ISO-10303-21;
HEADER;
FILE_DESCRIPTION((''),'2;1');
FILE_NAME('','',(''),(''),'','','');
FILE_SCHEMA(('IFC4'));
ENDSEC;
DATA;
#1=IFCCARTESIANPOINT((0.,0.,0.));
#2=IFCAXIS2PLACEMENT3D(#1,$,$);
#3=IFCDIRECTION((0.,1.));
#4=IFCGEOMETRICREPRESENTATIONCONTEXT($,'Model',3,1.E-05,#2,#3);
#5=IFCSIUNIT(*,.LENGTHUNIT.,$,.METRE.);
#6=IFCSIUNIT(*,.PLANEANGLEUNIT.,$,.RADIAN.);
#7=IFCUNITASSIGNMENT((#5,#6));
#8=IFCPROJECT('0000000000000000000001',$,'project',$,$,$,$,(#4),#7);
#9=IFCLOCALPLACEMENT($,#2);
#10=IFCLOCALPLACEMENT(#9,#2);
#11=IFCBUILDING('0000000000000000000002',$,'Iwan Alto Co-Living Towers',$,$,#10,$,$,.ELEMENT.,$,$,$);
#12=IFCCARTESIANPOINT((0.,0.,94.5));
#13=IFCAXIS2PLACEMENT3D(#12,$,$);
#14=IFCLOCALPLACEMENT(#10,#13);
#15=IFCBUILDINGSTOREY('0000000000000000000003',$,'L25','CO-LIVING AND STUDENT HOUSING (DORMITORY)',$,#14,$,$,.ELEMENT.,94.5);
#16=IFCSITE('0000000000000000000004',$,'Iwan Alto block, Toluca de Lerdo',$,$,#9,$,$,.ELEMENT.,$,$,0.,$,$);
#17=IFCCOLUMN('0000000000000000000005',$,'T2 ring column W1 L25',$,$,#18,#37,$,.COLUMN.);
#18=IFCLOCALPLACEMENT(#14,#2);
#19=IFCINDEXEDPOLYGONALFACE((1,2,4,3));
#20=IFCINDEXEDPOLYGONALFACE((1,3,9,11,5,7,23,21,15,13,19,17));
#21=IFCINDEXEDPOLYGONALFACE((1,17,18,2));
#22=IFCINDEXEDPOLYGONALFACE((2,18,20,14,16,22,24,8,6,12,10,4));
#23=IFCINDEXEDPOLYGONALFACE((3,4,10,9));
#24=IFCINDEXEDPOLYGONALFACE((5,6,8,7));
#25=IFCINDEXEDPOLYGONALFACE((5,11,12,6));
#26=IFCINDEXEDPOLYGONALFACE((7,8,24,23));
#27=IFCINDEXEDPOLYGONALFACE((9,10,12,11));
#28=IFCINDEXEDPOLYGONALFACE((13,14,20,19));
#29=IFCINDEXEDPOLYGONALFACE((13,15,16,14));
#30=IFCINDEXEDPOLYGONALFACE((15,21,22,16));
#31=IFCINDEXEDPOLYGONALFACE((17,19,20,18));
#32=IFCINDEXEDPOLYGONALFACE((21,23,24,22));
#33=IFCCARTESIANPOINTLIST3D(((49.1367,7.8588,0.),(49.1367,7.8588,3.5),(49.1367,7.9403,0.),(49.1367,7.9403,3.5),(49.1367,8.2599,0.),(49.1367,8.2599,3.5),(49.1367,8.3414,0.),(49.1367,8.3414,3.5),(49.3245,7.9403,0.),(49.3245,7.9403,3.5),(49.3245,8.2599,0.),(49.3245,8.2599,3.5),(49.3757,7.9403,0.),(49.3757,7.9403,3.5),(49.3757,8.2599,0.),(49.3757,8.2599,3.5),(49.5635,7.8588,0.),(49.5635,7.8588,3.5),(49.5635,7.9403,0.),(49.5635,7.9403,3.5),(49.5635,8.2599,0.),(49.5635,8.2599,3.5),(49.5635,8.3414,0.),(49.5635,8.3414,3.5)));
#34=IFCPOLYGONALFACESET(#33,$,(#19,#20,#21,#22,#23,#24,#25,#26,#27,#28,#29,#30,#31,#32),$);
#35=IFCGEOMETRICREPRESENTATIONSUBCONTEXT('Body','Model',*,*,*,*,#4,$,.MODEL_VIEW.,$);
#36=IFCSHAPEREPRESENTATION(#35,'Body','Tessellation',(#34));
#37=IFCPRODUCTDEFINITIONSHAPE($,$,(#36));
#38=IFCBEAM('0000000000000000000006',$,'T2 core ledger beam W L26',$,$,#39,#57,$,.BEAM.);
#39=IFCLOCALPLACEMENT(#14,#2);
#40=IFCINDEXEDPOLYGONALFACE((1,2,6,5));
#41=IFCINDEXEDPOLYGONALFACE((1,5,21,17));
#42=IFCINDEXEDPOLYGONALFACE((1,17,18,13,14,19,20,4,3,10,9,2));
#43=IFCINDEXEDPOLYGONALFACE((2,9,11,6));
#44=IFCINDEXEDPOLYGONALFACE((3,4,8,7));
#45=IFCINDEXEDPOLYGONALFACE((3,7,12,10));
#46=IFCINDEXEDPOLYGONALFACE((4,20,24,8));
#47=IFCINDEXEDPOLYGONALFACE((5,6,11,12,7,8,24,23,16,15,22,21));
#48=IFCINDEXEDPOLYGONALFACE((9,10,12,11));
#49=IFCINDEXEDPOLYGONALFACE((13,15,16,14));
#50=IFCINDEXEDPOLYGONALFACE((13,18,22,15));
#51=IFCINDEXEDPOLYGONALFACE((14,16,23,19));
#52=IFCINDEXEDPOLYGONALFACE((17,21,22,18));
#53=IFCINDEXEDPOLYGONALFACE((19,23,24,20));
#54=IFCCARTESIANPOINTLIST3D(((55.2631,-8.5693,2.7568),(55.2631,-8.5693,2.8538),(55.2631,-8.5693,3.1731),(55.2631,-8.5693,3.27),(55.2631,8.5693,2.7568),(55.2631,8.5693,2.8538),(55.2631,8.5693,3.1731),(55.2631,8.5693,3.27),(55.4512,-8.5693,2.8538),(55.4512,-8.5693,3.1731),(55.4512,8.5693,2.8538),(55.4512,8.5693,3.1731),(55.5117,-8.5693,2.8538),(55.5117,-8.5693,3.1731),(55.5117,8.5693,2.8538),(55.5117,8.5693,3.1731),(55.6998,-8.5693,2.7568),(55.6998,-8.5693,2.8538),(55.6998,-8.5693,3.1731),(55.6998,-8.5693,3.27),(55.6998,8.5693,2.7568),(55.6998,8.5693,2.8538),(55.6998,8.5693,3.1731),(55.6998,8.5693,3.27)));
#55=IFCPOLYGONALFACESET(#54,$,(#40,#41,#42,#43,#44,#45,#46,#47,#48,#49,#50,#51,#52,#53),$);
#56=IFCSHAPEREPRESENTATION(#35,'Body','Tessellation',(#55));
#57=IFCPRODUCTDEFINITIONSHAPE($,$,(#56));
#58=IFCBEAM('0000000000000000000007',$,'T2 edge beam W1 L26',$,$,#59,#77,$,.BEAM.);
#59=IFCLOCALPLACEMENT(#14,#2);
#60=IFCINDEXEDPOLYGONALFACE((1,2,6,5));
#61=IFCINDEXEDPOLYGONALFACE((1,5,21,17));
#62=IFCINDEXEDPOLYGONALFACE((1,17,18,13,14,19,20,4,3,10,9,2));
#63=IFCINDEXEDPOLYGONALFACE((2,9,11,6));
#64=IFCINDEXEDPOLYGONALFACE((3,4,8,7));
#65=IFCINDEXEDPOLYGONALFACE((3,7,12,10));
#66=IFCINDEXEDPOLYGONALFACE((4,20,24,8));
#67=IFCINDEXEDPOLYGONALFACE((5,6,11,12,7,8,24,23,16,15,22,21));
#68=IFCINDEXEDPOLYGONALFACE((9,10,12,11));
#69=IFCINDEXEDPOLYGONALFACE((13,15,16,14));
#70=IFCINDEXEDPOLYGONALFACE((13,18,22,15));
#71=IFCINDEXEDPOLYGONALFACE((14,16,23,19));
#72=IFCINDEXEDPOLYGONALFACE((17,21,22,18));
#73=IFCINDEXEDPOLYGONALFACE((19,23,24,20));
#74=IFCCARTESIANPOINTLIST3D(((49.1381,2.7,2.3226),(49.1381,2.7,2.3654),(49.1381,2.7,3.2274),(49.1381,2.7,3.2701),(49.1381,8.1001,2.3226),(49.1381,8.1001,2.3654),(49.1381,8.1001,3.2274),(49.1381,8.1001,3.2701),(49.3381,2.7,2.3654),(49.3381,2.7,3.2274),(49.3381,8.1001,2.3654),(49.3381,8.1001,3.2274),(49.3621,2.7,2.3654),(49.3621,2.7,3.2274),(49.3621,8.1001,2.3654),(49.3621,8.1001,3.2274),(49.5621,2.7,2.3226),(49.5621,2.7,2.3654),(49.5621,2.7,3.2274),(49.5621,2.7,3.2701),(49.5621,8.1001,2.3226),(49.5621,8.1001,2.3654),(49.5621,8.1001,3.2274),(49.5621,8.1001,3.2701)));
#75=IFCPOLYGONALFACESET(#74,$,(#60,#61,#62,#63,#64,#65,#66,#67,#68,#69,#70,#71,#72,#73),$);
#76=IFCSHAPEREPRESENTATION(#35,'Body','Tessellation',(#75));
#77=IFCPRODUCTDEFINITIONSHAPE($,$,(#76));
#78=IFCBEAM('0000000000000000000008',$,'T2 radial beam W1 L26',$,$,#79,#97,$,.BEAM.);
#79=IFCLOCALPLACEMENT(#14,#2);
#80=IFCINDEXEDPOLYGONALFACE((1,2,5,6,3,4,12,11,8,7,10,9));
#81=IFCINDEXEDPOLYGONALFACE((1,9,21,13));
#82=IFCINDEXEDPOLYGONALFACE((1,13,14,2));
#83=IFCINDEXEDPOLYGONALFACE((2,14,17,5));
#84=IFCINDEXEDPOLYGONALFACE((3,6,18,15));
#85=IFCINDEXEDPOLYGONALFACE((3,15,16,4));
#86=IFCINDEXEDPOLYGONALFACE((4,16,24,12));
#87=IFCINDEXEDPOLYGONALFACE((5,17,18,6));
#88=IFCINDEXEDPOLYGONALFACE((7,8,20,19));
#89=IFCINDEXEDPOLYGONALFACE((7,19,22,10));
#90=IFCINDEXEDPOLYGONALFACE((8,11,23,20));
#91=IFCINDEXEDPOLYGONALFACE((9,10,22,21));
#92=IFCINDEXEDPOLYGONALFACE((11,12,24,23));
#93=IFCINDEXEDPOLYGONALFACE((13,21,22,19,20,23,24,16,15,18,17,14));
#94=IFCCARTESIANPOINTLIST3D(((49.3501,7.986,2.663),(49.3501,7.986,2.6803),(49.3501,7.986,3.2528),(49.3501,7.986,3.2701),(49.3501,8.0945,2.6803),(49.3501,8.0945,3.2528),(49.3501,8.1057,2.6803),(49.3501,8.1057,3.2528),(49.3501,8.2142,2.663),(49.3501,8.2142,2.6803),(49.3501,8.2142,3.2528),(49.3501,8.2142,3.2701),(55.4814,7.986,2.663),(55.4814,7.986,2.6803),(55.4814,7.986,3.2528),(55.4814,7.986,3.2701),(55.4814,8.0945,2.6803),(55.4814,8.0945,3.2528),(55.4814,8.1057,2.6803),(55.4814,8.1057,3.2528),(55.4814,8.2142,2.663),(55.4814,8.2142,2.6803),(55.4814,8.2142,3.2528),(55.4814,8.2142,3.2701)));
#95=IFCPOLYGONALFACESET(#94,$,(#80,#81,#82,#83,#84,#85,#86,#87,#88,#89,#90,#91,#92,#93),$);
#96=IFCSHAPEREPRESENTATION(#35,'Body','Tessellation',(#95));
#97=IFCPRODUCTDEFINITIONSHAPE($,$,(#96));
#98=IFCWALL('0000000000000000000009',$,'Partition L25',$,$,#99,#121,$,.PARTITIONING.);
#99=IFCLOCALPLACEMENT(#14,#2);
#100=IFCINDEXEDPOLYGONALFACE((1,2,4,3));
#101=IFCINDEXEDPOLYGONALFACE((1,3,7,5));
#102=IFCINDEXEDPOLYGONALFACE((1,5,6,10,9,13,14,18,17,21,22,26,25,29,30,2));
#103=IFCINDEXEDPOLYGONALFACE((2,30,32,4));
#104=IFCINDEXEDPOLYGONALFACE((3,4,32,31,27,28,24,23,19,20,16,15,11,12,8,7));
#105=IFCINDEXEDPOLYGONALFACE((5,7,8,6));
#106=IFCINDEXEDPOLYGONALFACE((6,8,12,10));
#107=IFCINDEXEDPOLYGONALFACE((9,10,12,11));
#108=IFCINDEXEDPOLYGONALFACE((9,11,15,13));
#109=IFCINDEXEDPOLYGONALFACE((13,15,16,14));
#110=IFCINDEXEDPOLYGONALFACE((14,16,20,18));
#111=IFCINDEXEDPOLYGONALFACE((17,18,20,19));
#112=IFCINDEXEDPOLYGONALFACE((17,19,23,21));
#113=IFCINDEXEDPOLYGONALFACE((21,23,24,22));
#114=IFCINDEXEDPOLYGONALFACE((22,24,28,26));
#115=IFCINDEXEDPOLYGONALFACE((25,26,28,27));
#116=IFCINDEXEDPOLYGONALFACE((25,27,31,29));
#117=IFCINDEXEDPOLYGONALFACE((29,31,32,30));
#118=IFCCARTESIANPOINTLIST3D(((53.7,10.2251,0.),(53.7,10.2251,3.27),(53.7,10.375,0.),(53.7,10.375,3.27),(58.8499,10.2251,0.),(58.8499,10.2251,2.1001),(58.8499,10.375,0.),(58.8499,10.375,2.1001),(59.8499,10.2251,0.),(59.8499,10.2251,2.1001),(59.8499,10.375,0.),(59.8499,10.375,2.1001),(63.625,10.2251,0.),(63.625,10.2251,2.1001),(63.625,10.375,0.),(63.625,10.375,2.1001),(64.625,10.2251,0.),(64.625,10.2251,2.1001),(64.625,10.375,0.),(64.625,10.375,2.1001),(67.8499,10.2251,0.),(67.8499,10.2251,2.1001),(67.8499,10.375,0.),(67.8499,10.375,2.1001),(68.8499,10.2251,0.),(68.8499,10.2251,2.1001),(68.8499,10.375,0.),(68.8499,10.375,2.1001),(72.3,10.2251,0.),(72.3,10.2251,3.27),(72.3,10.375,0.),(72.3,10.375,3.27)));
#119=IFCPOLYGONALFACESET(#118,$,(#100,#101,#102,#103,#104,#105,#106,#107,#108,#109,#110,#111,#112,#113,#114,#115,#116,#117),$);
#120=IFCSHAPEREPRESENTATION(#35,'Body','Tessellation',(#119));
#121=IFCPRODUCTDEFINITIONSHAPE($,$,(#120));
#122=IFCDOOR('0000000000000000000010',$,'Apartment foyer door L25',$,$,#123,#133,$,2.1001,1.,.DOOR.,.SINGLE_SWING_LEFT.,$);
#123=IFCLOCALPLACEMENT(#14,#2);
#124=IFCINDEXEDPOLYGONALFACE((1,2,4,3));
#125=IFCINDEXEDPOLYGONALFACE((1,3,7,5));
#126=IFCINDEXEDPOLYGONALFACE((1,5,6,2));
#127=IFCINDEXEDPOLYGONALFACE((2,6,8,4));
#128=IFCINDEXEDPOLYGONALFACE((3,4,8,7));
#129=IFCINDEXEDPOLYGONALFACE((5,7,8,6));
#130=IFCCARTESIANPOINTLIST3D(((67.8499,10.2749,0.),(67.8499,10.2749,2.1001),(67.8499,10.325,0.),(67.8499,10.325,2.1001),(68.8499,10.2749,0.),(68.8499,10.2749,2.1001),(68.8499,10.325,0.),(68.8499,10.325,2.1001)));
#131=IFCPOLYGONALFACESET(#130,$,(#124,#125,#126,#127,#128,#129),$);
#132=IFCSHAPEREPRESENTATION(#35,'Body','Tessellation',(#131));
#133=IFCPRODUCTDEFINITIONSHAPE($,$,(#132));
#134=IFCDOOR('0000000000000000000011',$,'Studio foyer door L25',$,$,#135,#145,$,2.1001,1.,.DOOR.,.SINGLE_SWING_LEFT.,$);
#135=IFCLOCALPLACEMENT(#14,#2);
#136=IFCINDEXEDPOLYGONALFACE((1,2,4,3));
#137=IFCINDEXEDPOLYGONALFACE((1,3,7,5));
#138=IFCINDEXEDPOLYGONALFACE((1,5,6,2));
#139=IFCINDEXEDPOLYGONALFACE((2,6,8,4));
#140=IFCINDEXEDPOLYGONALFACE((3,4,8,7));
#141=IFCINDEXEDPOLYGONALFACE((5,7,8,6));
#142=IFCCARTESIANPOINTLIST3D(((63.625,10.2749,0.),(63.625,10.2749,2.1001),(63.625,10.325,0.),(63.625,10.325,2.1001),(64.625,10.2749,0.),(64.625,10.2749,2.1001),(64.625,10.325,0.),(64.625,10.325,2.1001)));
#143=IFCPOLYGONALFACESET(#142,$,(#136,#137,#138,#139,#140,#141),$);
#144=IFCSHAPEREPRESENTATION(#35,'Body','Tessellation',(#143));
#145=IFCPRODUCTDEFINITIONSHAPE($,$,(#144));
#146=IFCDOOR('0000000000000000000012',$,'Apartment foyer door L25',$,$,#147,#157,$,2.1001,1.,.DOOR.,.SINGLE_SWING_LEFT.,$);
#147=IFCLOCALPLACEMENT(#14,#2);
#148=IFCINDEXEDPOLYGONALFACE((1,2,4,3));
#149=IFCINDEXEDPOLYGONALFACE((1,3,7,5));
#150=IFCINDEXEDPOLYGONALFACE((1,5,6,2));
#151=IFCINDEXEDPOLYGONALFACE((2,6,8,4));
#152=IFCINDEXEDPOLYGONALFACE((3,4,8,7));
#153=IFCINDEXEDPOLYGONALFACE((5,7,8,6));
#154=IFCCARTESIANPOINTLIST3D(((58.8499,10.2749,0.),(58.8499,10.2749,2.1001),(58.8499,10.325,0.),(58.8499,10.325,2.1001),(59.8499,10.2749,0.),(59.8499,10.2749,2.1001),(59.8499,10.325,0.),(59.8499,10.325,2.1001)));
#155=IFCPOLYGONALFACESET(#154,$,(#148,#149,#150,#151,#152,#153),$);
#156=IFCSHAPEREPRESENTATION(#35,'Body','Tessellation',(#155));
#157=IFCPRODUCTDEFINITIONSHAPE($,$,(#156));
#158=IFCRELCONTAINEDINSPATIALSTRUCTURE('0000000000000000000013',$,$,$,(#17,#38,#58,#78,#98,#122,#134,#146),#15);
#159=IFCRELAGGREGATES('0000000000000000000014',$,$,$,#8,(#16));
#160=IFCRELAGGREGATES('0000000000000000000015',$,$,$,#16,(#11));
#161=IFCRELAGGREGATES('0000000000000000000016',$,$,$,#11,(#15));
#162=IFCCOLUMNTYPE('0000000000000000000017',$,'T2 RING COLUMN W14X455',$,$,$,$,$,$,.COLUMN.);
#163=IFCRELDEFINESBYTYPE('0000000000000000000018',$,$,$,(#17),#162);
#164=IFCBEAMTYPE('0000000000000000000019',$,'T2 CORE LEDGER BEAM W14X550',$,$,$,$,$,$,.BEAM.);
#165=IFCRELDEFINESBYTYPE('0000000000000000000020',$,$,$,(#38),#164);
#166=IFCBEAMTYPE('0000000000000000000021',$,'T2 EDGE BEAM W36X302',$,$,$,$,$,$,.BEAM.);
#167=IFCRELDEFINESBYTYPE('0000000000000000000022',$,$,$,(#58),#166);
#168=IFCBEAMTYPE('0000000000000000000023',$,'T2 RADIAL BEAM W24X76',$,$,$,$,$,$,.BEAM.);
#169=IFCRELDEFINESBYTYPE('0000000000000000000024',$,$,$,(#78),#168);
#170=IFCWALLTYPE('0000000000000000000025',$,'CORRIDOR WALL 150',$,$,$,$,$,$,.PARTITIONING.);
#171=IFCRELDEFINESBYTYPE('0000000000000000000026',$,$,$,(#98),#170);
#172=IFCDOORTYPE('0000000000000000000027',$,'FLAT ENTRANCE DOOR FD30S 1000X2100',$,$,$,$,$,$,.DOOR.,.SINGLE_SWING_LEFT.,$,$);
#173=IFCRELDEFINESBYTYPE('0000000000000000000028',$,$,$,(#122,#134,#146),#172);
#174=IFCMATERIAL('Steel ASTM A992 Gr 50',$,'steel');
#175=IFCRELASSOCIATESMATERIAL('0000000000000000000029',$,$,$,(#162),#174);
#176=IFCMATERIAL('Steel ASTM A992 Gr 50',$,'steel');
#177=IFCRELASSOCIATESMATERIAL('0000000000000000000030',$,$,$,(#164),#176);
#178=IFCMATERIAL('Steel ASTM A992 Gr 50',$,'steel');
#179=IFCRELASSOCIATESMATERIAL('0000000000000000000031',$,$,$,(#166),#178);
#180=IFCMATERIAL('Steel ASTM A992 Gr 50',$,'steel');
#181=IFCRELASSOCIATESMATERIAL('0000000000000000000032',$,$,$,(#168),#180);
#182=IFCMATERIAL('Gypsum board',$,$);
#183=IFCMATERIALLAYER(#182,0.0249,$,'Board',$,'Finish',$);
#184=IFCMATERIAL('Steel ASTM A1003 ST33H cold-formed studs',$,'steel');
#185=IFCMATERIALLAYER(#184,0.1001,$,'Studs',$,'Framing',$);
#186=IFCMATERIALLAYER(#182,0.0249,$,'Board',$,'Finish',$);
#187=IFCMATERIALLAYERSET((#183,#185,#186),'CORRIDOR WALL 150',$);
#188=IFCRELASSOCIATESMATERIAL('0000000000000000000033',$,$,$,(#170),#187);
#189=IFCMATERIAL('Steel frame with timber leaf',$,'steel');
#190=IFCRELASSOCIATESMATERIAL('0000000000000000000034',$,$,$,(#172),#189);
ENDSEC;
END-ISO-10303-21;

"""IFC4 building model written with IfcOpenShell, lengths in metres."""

from ifc_helpers import new_model, si_unit, direction, frame, frame_2d, origin, origin_2d, place, context, subcontext, project, spatial, rectangle, i_section, extrude, material, layer, layer_set, material_profile, profile_set, type_object, element, fill, save


model = new_model("IFC4")

# Units and contexts
model_context = context("Model", 3, precision=1e-05, world=origin(), true_north=direction((0.0, 1.0)))
body_context = subcontext(model_context, "Body", "Model", "MODEL_VIEW")
ifc_project = project(units=[si_unit("LENGTHUNIT", "METRE"), si_unit("PLANEANGLEUNIT", "RADIAN")], contexts=[model_context])

# Site, building, storey
site_placement = place(None, origin())
site = spatial("IfcSite", under=ifc_project, at=site_placement, Name="Iwan Alto block, Toluca de Lerdo", CompositionType="ELEMENT", RefElevation=0.0)
building_placement = place(site_placement, origin())
building = spatial("IfcBuilding", under=site, at=building_placement, Name="Iwan Alto Co-Living Towers", CompositionType="ELEMENT")
storey_placement = place(building_placement, frame((0.0, 0.0, 94.5)))
storey = spatial("IfcBuildingStorey", under=building, at=storey_placement, Name="L25", Description="CO-LIVING AND STUDENT HOUSING (DORMITORY)", CompositionType="ELEMENT", Elevation=94.5)

# Column
ifc_material_1 = material(Name="Steel ASTM A992 Gr 50", Category="steel")
ifc_material_profile_1 = material_profile(ifc_material_1, i_section(OverallWidth=0.4268, OverallDepth=0.4827, WebThickness=0.0513, FlangeThickness=0.0815, at=origin_2d()), Name="W14X455")
ifc_profile_set_1 = profile_set([ifc_material_profile_1], Name="Steel ASTM A992 Gr 50")
column_type = type_object("IfcColumnType", Name="T2 RING COLUMN W14X455", PredefinedType="COLUMN", material=ifc_profile_set_1)
column_placement = place(storey_placement, frame((49.3501, 8.1001, 0.0), z_axis=(0.0, 0.0, 1.0), x_axis=(1.0, 0.0, 0.0)))
element("IfcColumn", 1, at=column_placement, inside=storey, type_object=column_type, Name="T2 ring column W1 L25", PredefinedType="COLUMN", context=body_context, shape_type="SweptSolid", body=[
    extrude(i_section(OverallWidth=0.4268, OverallDepth=0.4827, WebThickness=0.0513, FlangeThickness=0.0815, at=origin_2d()), origin(), (0.0, 0.0, 1.0), 3.5),
])

# Beams
ifc_material_2 = material(Name="Steel ASTM A992 Gr 50", Category="steel")
ifc_material_profile_2 = material_profile(ifc_material_2, i_section(OverallWidth=0.4368, OverallDepth=0.5132, WebThickness=0.0605, FlangeThickness=0.0969, at=origin_2d()), Name="W14X550")
ifc_profile_set_2 = profile_set([ifc_material_profile_2], Name="Steel ASTM A992 Gr 50")
beam_type_1 = type_object("IfcBeamType", Name="T2 CORE LEDGER BEAM W14X550", PredefinedType="BEAM", material=ifc_profile_set_2)
beam_1_placement = place(storey_placement, frame((55.4814, 8.5693, 3.0134), z_axis=(0.0, -1.0, 0.0), x_axis=(1.0, 0.0, 0.0)))
element("IfcBeam", 2, at=beam_1_placement, inside=storey, type_object=beam_type_1, Name="T2 core ledger beam W L26", PredefinedType="BEAM", context=body_context, shape_type="SweptSolid", body=[
    extrude(i_section(OverallWidth=0.4368, OverallDepth=0.5132, WebThickness=0.0605, FlangeThickness=0.0969, at=origin_2d()), origin(), (0.0, 0.0, 1.0), 17.1387),
])
ifc_material_3 = material(Name="Steel ASTM A992 Gr 50", Category="steel")
ifc_material_profile_3 = material_profile(ifc_material_3, i_section(OverallWidth=0.4241, OverallDepth=0.9475, WebThickness=0.0239, FlangeThickness=0.0427, at=origin_2d()), Name="W36X302")
ifc_profile_set_3 = profile_set([ifc_material_profile_3], Name="Steel ASTM A992 Gr 50")
beam_type_2 = type_object("IfcBeamType", Name="T2 EDGE BEAM W36X302", PredefinedType="BEAM", material=ifc_profile_set_3)
beam_2_placement = place(storey_placement, frame((49.3501, 8.1001, 2.7964), z_axis=(0.0, -1.0, 0.0), x_axis=(1.0, 0.0, 0.0)))
element("IfcBeam", 3, at=beam_2_placement, inside=storey, type_object=beam_type_2, Name="T2 edge beam W1 L26", PredefinedType="BEAM", context=body_context, shape_type="SweptSolid", body=[
    extrude(i_section(OverallWidth=0.4241, OverallDepth=0.9475, WebThickness=0.0239, FlangeThickness=0.0427, at=origin_2d()), origin(), (0.0, 0.0, 1.0), 5.4001),
])
ifc_material_4 = material(Name="Steel ASTM A992 Gr 50", Category="steel")
ifc_material_profile_4 = material_profile(ifc_material_4, i_section(OverallWidth=0.2283, OverallDepth=0.6072, WebThickness=0.0112, FlangeThickness=0.0173, at=origin_2d()), Name="W24X76")
ifc_profile_set_4 = profile_set([ifc_material_profile_4], Name="Steel ASTM A992 Gr 50")
beam_type_3 = type_object("IfcBeamType", Name="T2 RADIAL BEAM W24X76", PredefinedType="BEAM", material=ifc_profile_set_4)
beam_3_placement = place(storey_placement, frame((49.3501, 8.1001, 2.9666), z_axis=(1.0, 0.0, 0.0), x_axis=(0.0, 1.0, 0.0)))
element("IfcBeam", 4, at=beam_3_placement, inside=storey, type_object=beam_type_3, Name="T2 radial beam W1 L26", PredefinedType="BEAM", context=body_context, shape_type="SweptSolid", body=[
    extrude(i_section(OverallWidth=0.2283, OverallDepth=0.6072, WebThickness=0.0112, FlangeThickness=0.0173, at=origin_2d()), origin(), (0.0, 0.0, 1.0), 6.1313),
])

# Wall, openings, doors
ifc_material_5 = material(Name="Gypsum board")
ifc_layer_1 = layer(ifc_material_5, 0.0249, Name="Board", Category="Finish")
ifc_material_6 = material(Name="Steel ASTM A1003 ST33H cold-formed studs", Category="steel")
ifc_layer_2 = layer(ifc_material_6, 0.1001, Name="Studs", Category="Framing")
ifc_layer_3 = layer(ifc_material_5, 0.0249, Name="Board", Category="Finish")
ifc_layer_set_1 = layer_set([ifc_layer_1, ifc_layer_2, ifc_layer_3], Name="CORRIDOR WALL 150")
wall_type_1 = type_object("IfcWallType", Name="CORRIDOR WALL 150", PredefinedType="PARTITIONING", material=ifc_layer_set_1)
wall_1_placement = place(storey_placement, frame((53.7, 10.3, 0.0), z_axis=(0.0, 0.0, 1.0), x_axis=(1.0, 0.0, 0.0)))
wall_1 = element("IfcWall", 5, at=wall_1_placement, inside=storey, type_object=wall_type_1, Name="Partition L25", PredefinedType="PARTITIONING", context=body_context, shape_type="SweptSolid", body=[
    extrude(rectangle(XDim=18.6001, YDim=0.1499, at=frame_2d((9.3, 0.0))), origin(), (0.0, 0.0, 1.0), 3.27),
])
opening_1_placement = place(wall_1_placement, frame((14.1499, 0.0, 0.0)))
opening_1 = element("IfcOpeningElement", 6, at=opening_1_placement, cuts=wall_1, PredefinedType="OPENING", context=body_context, shape_type="SweptSolid", body=[
    extrude(rectangle(XDim=1.0, YDim=2.1001, at=frame_2d((0.5, 1.05))), frame((0.0, 0.085, 0.0), z_axis=(0.0, -1.0, 0.0), x_axis=(1.0, 0.0, 0.0)), (0.0, 0.0, 1.0), 0.1699),
])
opening_2_placement = place(wall_1_placement, frame((9.925, 0.0, 0.0)))
opening_2 = element("IfcOpeningElement", 7, at=opening_2_placement, cuts=wall_1, PredefinedType="OPENING", context=body_context, shape_type="SweptSolid", body=[
    extrude(rectangle(XDim=1.0, YDim=2.1001, at=frame_2d((0.5, 1.05))), frame((0.0, 0.085, 0.0), z_axis=(0.0, -1.0, 0.0), x_axis=(1.0, 0.0, 0.0)), (0.0, 0.0, 1.0), 0.1699),
])
opening_3_placement = place(wall_1_placement, frame((5.1499, 0.0, 0.0)))
opening_3 = element("IfcOpeningElement", 8, at=opening_3_placement, cuts=wall_1, PredefinedType="OPENING", context=body_context, shape_type="SweptSolid", body=[
    extrude(rectangle(XDim=1.0, YDim=2.1001, at=frame_2d((0.5, 1.05))), frame((0.0, 0.085, 0.0), z_axis=(0.0, -1.0, 0.0), x_axis=(1.0, 0.0, 0.0)), (0.0, 0.0, 1.0), 0.1699),
])
ifc_material_7 = material(Name="Steel frame with timber leaf", Category="steel")
door_type_1 = type_object("IfcDoorType", Name="FLAT ENTRANCE DOOR FD30S 1000X2100", OperationType="SINGLE_SWING_LEFT", PredefinedType="DOOR", material=ifc_material_7)
door_1_placement = place(opening_1_placement, origin())
door_1 = element("IfcDoor", 9, at=door_1_placement, inside=storey, type_object=door_type_1, Name="Apartment foyer door L25", OperationType="SINGLE_SWING_LEFT", OverallHeight=2.1001, OverallWidth=1.0, PredefinedType="DOOR", context=body_context, shape_type="SweptSolid", body=[
    extrude(rectangle(XDim=1.0, YDim=2.1001, at=frame_2d((0.5, 1.05))), frame((0.0, 0.0249, 0.0), z_axis=(0.0, -1.0, 0.0), x_axis=(1.0, 0.0, 0.0)), (0.0, 0.0, 1.0), 0.05),
])
fill(opening_1, door_1)
door_2_placement = place(opening_2_placement, origin())
door_2 = element("IfcDoor", 10, at=door_2_placement, inside=storey, type_object=door_type_1, Name="Studio foyer door L25", OperationType="SINGLE_SWING_LEFT", OverallHeight=2.1001, OverallWidth=1.0, PredefinedType="DOOR", context=body_context, shape_type="SweptSolid", body=[
    extrude(rectangle(XDim=1.0, YDim=2.1001, at=frame_2d((0.5, 1.05))), frame((0.0, 0.0249, 0.0), z_axis=(0.0, -1.0, 0.0), x_axis=(1.0, 0.0, 0.0)), (0.0, 0.0, 1.0), 0.05),
])
fill(opening_2, door_2)
door_3_placement = place(opening_3_placement, origin())
door_3 = element("IfcDoor", 11, at=door_3_placement, inside=storey, type_object=door_type_1, Name="Apartment foyer door L25", OperationType="SINGLE_SWING_LEFT", OverallHeight=2.1001, OverallWidth=1.0, PredefinedType="DOOR", context=body_context, shape_type="SweptSolid", body=[
    extrude(rectangle(XDim=1.0, YDim=2.1001, at=frame_2d((0.5, 1.05))), frame((0.0, 0.0249, 0.0), z_axis=(0.0, -1.0, 0.0), x_axis=(1.0, 0.0, 0.0)), (0.0, 0.0, 1.0), 0.05),
])
fill(opening_3, door_3)

save(model, "model.ifc")
